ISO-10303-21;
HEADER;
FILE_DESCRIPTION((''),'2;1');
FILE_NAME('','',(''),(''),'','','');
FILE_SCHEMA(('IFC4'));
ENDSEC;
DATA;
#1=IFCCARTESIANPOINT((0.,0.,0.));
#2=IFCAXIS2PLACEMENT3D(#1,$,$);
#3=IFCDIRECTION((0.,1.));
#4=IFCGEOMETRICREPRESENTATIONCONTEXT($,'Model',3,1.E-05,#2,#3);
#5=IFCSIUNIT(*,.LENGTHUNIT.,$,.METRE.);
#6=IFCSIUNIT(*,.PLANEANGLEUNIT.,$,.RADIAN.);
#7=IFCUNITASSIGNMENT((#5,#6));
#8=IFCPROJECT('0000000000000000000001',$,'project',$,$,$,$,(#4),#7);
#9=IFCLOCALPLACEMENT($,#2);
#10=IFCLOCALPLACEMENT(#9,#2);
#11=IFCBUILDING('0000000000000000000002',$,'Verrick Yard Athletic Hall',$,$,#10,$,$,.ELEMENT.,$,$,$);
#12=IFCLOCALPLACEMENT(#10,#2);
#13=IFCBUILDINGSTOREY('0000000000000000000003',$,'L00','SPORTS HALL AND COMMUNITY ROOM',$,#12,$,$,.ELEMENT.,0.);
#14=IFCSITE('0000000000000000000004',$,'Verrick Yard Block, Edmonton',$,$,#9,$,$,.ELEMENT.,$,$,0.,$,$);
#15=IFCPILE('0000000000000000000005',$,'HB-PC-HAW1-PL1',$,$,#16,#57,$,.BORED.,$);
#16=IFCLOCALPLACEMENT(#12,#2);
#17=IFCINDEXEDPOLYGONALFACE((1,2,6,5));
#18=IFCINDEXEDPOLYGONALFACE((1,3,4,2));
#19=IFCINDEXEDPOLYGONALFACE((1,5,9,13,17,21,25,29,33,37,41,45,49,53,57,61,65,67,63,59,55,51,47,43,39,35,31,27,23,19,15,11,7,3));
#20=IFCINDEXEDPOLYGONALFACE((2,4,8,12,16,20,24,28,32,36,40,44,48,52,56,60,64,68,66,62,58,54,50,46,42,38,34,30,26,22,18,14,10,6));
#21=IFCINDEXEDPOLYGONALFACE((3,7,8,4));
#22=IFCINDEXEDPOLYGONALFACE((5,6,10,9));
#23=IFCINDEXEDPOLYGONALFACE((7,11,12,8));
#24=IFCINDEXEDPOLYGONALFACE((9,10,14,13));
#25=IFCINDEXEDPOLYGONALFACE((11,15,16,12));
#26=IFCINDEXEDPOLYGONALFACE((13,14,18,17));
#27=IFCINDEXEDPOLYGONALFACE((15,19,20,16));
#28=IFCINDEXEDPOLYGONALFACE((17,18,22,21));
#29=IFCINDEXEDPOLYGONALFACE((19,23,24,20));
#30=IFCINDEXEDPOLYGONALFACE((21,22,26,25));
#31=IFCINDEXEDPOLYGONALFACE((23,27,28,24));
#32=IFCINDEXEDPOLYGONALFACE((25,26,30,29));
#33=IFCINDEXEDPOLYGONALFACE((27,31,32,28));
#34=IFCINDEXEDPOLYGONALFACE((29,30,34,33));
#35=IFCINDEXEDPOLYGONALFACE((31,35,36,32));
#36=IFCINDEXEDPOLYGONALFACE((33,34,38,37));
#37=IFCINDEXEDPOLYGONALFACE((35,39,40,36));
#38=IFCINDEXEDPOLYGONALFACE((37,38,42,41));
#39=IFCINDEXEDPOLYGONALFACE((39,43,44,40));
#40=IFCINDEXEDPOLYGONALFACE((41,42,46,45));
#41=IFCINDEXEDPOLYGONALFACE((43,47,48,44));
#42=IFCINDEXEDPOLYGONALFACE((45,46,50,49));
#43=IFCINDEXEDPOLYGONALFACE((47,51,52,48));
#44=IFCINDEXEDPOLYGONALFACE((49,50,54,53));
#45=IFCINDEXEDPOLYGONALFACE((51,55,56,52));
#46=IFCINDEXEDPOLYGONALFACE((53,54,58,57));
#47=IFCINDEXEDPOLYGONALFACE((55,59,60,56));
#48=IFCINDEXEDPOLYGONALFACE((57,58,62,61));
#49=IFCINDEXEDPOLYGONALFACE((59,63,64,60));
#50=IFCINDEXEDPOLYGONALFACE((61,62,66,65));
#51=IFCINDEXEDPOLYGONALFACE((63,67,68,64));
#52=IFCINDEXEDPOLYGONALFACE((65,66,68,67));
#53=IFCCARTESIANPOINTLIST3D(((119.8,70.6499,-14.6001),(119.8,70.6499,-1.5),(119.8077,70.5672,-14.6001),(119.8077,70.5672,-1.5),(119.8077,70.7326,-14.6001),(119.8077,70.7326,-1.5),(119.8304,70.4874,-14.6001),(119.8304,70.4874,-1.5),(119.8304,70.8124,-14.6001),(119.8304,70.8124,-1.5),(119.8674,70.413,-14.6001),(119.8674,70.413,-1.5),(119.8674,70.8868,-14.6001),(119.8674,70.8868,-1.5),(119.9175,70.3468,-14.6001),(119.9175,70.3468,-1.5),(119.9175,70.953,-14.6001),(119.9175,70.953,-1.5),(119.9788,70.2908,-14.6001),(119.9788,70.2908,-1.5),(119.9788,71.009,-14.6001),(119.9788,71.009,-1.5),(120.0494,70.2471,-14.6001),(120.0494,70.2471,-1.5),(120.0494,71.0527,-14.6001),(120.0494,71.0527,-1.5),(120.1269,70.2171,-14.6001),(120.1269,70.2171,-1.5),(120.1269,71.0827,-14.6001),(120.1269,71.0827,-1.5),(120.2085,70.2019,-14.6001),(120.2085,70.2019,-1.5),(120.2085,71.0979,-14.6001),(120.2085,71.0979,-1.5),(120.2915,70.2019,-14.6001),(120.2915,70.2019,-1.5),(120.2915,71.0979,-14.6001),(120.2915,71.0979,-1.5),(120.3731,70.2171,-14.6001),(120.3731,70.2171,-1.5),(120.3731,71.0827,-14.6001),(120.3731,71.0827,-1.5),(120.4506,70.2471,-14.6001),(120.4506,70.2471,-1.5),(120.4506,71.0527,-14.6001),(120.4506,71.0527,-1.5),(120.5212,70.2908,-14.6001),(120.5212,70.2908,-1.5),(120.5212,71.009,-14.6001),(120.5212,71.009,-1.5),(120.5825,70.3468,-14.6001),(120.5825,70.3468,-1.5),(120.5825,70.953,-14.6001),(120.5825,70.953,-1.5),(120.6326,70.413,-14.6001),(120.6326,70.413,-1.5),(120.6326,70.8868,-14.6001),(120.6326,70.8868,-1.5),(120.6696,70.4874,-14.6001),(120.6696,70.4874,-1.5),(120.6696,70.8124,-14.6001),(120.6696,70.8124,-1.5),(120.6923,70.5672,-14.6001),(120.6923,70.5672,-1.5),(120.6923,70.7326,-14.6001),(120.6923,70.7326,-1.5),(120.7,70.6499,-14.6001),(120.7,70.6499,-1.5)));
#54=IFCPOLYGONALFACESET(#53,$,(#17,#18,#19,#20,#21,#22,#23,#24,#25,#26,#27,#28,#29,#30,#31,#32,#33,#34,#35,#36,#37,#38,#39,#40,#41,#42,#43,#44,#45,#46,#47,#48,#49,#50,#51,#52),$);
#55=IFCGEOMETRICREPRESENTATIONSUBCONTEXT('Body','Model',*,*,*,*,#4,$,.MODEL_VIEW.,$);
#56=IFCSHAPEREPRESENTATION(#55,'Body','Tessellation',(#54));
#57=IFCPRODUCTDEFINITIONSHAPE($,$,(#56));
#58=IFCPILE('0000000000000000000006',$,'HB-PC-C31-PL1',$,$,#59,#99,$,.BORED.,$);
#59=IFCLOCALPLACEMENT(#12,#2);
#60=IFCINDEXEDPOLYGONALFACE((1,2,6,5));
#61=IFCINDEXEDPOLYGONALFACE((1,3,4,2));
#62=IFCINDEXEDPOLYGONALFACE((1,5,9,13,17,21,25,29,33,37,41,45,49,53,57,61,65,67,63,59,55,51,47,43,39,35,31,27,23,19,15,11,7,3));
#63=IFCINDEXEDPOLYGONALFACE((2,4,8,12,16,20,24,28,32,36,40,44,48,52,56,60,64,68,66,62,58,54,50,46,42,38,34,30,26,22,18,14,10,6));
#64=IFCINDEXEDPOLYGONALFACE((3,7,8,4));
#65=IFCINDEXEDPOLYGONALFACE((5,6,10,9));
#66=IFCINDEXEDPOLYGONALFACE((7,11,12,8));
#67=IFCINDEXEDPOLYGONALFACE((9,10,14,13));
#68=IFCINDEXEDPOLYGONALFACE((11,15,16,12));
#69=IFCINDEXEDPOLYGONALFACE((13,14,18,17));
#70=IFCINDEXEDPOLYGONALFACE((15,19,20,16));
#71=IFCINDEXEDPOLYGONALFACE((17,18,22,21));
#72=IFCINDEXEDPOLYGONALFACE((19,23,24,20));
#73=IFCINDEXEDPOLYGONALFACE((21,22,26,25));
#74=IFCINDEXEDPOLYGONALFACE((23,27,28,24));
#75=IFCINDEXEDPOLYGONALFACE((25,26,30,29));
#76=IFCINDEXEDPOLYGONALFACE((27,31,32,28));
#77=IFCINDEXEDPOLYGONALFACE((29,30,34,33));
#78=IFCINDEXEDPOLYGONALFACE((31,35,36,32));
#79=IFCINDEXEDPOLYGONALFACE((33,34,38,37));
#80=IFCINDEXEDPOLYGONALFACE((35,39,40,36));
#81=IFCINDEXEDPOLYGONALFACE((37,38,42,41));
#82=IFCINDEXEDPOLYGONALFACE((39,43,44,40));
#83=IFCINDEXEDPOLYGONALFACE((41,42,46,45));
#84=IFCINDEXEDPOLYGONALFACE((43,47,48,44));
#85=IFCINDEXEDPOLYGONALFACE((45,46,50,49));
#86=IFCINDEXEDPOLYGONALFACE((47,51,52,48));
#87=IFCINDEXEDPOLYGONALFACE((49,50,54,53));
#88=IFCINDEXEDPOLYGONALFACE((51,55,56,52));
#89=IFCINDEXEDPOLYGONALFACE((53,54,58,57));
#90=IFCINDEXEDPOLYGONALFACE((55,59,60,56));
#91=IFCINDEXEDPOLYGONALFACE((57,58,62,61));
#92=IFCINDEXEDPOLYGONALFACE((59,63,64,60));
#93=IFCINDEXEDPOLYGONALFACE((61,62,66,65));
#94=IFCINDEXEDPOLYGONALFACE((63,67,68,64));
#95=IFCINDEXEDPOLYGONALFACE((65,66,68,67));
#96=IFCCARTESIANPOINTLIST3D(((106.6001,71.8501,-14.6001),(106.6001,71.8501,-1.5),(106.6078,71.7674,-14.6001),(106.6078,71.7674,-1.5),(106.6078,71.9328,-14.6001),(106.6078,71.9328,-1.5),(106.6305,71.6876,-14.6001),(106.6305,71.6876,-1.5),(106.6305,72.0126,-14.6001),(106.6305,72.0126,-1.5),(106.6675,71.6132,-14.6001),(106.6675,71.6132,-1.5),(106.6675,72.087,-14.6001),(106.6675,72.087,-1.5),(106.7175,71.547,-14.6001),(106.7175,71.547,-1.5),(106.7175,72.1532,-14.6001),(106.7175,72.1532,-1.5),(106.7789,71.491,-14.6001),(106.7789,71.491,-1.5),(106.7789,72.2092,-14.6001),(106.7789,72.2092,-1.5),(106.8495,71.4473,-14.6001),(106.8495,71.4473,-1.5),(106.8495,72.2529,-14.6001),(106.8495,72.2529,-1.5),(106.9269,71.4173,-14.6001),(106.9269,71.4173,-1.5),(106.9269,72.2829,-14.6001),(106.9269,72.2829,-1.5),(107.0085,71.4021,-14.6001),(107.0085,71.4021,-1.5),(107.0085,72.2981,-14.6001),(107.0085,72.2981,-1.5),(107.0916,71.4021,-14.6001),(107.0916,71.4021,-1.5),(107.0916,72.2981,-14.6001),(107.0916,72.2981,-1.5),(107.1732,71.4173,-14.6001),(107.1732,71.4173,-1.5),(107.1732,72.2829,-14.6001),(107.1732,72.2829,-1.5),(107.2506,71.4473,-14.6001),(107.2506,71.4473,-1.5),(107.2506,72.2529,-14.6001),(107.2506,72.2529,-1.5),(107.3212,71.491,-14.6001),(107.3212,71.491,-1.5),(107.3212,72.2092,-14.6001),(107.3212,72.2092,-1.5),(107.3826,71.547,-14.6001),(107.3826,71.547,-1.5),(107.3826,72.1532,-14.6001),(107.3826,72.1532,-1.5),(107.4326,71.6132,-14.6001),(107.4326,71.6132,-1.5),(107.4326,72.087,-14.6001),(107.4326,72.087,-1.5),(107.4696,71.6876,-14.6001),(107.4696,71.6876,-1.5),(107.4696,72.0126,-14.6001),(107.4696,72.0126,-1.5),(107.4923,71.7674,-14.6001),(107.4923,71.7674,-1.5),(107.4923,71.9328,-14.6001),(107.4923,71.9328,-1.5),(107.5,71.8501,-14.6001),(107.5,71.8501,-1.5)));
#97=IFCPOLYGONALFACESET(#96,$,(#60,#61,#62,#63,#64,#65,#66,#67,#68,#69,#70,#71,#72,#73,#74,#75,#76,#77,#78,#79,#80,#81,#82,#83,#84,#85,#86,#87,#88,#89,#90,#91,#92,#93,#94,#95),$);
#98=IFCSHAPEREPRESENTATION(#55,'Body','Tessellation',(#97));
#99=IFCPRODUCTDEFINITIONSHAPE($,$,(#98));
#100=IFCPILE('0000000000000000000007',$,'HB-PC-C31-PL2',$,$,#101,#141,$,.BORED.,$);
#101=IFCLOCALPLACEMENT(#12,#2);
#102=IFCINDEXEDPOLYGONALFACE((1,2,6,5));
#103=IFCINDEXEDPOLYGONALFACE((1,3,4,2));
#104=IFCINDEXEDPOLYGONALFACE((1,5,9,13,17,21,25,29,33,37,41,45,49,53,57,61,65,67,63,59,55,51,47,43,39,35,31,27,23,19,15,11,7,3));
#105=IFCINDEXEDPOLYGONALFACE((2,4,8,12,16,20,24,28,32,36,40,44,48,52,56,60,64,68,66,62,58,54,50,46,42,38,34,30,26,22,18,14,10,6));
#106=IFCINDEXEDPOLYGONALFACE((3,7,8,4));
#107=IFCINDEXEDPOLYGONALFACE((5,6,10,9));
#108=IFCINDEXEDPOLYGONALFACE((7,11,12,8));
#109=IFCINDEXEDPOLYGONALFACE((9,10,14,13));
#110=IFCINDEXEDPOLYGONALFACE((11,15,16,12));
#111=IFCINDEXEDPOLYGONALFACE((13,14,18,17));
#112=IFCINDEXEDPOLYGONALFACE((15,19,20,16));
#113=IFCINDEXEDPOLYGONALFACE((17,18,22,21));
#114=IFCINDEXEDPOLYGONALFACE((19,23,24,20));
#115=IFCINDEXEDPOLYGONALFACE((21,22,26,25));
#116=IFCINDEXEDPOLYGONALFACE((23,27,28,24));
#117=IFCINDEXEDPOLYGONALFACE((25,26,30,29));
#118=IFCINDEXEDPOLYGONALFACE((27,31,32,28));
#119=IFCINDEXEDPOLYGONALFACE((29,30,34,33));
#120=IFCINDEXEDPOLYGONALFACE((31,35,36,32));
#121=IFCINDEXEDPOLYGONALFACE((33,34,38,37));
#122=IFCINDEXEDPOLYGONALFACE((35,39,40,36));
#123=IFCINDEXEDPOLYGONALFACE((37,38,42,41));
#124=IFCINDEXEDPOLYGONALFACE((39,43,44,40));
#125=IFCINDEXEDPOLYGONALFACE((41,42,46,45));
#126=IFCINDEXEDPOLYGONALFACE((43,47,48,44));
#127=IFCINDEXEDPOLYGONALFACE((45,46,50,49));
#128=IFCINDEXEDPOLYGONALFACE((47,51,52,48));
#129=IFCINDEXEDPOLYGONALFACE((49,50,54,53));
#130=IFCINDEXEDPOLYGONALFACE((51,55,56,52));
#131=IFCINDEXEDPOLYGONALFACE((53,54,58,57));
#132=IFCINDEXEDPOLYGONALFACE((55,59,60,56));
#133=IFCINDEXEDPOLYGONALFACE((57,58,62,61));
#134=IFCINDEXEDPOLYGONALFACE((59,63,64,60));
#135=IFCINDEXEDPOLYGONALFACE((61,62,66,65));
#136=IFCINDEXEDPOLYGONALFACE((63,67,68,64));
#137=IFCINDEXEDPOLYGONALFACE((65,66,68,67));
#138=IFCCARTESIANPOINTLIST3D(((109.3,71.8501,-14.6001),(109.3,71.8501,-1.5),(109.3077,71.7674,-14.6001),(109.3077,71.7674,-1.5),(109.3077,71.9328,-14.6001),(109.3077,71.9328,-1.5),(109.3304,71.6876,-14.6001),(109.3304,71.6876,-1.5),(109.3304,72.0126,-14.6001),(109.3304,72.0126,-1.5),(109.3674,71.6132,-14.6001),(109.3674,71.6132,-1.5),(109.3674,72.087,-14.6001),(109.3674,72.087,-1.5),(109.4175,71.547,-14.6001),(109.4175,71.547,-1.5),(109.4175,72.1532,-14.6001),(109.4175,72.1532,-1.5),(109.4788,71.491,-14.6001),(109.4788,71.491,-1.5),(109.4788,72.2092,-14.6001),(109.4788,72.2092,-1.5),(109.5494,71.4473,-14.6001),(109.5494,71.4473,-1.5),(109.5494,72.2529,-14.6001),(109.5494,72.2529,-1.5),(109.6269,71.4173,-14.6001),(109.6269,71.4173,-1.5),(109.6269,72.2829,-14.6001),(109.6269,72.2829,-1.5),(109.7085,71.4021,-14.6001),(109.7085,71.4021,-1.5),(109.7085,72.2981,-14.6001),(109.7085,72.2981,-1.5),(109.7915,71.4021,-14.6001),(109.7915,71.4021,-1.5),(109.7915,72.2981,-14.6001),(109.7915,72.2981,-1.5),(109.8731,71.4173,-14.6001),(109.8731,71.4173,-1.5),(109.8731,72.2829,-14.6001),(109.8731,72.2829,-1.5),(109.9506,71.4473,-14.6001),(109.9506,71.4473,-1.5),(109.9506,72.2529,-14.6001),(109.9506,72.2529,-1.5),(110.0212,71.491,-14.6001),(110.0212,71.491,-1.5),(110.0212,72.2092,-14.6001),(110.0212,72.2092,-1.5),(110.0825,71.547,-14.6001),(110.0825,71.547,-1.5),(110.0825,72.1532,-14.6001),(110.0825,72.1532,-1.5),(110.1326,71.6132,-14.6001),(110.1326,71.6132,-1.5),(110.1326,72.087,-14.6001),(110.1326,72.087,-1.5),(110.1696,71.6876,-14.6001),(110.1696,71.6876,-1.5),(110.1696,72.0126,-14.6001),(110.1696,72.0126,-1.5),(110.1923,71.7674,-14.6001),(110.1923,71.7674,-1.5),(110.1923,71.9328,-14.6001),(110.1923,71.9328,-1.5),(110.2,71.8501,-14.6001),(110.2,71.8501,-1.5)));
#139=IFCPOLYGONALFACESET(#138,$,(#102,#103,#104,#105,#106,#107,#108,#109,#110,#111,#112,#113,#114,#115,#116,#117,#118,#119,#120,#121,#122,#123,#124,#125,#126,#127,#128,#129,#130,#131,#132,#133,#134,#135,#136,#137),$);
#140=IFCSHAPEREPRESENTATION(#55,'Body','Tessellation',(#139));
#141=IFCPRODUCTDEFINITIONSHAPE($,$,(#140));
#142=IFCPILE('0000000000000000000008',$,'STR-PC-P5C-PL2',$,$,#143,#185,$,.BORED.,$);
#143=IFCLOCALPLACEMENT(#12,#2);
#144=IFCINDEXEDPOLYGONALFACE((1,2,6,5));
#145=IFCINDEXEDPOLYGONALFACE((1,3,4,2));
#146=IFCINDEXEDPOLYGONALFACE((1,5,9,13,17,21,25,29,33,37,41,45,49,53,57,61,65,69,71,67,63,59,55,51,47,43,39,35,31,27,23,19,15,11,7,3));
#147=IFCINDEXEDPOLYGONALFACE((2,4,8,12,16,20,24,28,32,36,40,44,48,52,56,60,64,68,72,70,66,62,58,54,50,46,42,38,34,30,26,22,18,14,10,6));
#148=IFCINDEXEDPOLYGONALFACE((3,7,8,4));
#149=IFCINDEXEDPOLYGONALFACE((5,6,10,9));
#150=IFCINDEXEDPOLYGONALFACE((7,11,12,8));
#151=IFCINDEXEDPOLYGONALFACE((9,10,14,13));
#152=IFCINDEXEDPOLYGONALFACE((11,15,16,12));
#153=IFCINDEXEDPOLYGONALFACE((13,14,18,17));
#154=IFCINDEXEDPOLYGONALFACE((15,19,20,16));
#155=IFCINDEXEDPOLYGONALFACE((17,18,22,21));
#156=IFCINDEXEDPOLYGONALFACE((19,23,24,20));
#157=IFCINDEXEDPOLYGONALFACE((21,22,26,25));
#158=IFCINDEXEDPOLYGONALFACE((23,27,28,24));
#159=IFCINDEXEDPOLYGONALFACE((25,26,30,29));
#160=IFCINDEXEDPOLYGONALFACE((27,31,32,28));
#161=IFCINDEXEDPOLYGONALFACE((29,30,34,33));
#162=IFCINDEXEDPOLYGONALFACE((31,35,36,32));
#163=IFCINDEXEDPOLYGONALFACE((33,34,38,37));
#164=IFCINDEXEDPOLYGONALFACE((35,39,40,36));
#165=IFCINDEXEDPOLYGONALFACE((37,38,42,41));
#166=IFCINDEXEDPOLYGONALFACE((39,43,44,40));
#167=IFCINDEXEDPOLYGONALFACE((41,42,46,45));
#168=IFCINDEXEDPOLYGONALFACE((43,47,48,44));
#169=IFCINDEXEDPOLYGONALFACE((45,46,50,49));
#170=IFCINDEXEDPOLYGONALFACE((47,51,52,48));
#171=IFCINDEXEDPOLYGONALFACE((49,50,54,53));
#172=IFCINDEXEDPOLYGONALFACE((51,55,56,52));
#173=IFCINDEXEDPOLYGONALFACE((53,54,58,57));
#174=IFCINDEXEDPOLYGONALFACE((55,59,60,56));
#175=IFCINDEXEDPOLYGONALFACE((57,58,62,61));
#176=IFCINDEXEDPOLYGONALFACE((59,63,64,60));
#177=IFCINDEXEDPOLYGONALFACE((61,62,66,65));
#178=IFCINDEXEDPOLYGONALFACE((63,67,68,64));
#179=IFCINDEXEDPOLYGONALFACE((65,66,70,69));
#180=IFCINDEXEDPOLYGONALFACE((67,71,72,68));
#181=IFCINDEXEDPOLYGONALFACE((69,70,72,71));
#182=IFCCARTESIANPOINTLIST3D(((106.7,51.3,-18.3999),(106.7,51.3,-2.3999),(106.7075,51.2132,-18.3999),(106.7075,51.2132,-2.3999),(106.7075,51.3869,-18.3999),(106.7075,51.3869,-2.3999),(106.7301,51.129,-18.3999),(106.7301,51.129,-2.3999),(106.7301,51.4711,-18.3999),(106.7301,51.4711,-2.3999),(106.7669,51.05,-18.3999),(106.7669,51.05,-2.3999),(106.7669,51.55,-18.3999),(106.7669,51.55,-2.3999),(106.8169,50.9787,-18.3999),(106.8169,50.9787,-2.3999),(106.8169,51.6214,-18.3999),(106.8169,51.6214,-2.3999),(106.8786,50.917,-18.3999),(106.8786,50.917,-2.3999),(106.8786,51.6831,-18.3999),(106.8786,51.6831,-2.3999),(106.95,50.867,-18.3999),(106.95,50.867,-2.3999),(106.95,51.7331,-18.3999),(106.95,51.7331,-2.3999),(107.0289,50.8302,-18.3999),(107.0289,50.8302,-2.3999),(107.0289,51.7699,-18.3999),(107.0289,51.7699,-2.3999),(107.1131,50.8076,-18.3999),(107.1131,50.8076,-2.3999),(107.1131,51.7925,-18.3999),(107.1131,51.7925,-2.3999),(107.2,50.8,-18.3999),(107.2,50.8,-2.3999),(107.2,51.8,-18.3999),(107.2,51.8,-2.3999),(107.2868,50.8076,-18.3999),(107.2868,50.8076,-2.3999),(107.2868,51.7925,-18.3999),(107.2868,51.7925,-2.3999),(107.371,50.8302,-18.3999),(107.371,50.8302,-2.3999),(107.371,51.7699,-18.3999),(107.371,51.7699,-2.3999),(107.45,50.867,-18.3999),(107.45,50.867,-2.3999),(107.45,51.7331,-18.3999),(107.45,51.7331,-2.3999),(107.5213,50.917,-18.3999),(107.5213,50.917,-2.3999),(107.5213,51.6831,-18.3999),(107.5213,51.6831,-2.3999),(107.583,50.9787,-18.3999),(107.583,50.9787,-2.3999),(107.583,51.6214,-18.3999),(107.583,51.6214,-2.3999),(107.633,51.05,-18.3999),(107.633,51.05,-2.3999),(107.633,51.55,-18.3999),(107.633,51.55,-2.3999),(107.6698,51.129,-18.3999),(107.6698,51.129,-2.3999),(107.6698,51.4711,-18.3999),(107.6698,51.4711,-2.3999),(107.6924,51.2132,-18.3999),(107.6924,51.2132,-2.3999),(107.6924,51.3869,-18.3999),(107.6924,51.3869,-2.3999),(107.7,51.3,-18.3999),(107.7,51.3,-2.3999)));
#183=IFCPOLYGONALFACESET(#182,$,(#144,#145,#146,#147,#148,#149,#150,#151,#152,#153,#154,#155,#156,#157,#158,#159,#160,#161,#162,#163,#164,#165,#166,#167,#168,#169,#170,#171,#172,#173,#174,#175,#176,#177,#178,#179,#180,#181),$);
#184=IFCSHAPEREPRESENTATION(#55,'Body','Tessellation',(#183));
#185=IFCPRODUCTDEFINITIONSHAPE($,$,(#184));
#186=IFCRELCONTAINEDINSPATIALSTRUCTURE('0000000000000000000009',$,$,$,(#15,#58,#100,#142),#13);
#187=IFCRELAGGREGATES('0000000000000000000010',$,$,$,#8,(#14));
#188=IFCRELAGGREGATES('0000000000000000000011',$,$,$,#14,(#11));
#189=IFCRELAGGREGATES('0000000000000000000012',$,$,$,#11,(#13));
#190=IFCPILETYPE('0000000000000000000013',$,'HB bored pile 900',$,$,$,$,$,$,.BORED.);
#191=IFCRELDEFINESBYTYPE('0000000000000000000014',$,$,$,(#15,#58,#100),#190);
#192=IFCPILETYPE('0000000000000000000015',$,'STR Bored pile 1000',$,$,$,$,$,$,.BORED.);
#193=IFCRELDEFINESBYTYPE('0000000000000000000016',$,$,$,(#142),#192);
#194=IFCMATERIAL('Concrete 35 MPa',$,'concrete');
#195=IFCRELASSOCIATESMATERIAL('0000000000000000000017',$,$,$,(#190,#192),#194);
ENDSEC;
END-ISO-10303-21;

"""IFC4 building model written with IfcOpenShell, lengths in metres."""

from ifc_helpers import new_model, si_unit, direction, frame, origin, origin_2d, place, context, subcontext, project, spatial, circle, extrude, material, material_profile, profile_set, type_object, element, save


model = new_model("IFC4")

# Units and contexts
model_context = context("Model", 3, precision=1e-05, world=origin(), true_north=direction((0.0, 1.0)))
body_context = subcontext(model_context, "Body", "Model", "MODEL_VIEW")
ifc_project = project(units=[si_unit("LENGTHUNIT", "METRE"), si_unit("PLANEANGLEUNIT", "RADIAN")], contexts=[model_context])

# Site, building, storey
site_placement = place(None, origin())
site = spatial("IfcSite", under=ifc_project, at=site_placement, Name="Verrick Yard Block, Edmonton", CompositionType="ELEMENT", RefElevation=0.0)
building_placement = place(site_placement, origin())
building = spatial("IfcBuilding", under=site, at=building_placement, Name="Verrick Yard Athletic Hall", CompositionType="ELEMENT")
storey_placement = place(building_placement, origin())
storey = spatial("IfcBuildingStorey", under=building, at=storey_placement, Name="L00", Description="SPORTS HALL AND COMMUNITY ROOM", CompositionType="ELEMENT", Elevation=0.0)

# Piles
ifc_material_1 = material(Name="Concrete 35 MPa", Category="concrete")
ifc_material_profile_1 = material_profile(ifc_material_1, circle(Radius=0.45, at=origin_2d()), Name="Bored pile 900")
ifc_profile_set_1 = profile_set([ifc_material_profile_1], Name="Concrete 35 MPa")
pile_type_1 = type_object("IfcPileType", Name="HB bored pile 900", PredefinedType="BORED", material=ifc_profile_set_1)
for number, where, z_axis, x_axis, name in (
    (1, (120.25, 70.6499, -1.5), (0.0, 0.0, -1.0), (1.0, 0.0, 0.0), "HB-PC-HAW1-PL1"),
    (2, (107.05, 71.8501, -1.5), (0.0, 0.0, -1.0), (1.0, 0.0, 0.0), "HB-PC-C31-PL1"),
    (3, (109.75, 71.8501, -1.5), (0.0, 0.0, -1.0), (1.0, 0.0, 0.0), "HB-PC-C31-PL2"),
):
    element("IfcPile", number, at=place(storey_placement, frame(where, z_axis=z_axis, x_axis=x_axis)), inside=storey, type_object=pile_type_1, Name=name, PredefinedType="BORED", context=body_context, shape_type="SweptSolid", body=[
        extrude(circle(Radius=0.45, at=origin_2d()), origin(), (0.0, 0.0, 1.0), 13.1001),
    ])
pile_type_2 = type_object("IfcPileType", Name="STR Bored pile 1000", PredefinedType="BORED", material=ifc_material_1)
for number, where, z_axis, x_axis, name in (
    (4, (107.2, 51.3, -2.3999), (0.0, 0.0, -1.0), (1.0, 0.0, 0.0), "STR-PC-P5C-PL2"),
):
    element("IfcPile", number, at=place(storey_placement, frame(where, z_axis=z_axis, x_axis=x_axis)), inside=storey, type_object=pile_type_2, Name=name, PredefinedType="BORED", context=body_context, shape_type="SweptSolid", body=[
        extrude(circle(Radius=0.5, at=origin_2d()), origin(), (0.0, 0.0, 1.0), 16.0),
    ])

save(model, "model.ifc")
